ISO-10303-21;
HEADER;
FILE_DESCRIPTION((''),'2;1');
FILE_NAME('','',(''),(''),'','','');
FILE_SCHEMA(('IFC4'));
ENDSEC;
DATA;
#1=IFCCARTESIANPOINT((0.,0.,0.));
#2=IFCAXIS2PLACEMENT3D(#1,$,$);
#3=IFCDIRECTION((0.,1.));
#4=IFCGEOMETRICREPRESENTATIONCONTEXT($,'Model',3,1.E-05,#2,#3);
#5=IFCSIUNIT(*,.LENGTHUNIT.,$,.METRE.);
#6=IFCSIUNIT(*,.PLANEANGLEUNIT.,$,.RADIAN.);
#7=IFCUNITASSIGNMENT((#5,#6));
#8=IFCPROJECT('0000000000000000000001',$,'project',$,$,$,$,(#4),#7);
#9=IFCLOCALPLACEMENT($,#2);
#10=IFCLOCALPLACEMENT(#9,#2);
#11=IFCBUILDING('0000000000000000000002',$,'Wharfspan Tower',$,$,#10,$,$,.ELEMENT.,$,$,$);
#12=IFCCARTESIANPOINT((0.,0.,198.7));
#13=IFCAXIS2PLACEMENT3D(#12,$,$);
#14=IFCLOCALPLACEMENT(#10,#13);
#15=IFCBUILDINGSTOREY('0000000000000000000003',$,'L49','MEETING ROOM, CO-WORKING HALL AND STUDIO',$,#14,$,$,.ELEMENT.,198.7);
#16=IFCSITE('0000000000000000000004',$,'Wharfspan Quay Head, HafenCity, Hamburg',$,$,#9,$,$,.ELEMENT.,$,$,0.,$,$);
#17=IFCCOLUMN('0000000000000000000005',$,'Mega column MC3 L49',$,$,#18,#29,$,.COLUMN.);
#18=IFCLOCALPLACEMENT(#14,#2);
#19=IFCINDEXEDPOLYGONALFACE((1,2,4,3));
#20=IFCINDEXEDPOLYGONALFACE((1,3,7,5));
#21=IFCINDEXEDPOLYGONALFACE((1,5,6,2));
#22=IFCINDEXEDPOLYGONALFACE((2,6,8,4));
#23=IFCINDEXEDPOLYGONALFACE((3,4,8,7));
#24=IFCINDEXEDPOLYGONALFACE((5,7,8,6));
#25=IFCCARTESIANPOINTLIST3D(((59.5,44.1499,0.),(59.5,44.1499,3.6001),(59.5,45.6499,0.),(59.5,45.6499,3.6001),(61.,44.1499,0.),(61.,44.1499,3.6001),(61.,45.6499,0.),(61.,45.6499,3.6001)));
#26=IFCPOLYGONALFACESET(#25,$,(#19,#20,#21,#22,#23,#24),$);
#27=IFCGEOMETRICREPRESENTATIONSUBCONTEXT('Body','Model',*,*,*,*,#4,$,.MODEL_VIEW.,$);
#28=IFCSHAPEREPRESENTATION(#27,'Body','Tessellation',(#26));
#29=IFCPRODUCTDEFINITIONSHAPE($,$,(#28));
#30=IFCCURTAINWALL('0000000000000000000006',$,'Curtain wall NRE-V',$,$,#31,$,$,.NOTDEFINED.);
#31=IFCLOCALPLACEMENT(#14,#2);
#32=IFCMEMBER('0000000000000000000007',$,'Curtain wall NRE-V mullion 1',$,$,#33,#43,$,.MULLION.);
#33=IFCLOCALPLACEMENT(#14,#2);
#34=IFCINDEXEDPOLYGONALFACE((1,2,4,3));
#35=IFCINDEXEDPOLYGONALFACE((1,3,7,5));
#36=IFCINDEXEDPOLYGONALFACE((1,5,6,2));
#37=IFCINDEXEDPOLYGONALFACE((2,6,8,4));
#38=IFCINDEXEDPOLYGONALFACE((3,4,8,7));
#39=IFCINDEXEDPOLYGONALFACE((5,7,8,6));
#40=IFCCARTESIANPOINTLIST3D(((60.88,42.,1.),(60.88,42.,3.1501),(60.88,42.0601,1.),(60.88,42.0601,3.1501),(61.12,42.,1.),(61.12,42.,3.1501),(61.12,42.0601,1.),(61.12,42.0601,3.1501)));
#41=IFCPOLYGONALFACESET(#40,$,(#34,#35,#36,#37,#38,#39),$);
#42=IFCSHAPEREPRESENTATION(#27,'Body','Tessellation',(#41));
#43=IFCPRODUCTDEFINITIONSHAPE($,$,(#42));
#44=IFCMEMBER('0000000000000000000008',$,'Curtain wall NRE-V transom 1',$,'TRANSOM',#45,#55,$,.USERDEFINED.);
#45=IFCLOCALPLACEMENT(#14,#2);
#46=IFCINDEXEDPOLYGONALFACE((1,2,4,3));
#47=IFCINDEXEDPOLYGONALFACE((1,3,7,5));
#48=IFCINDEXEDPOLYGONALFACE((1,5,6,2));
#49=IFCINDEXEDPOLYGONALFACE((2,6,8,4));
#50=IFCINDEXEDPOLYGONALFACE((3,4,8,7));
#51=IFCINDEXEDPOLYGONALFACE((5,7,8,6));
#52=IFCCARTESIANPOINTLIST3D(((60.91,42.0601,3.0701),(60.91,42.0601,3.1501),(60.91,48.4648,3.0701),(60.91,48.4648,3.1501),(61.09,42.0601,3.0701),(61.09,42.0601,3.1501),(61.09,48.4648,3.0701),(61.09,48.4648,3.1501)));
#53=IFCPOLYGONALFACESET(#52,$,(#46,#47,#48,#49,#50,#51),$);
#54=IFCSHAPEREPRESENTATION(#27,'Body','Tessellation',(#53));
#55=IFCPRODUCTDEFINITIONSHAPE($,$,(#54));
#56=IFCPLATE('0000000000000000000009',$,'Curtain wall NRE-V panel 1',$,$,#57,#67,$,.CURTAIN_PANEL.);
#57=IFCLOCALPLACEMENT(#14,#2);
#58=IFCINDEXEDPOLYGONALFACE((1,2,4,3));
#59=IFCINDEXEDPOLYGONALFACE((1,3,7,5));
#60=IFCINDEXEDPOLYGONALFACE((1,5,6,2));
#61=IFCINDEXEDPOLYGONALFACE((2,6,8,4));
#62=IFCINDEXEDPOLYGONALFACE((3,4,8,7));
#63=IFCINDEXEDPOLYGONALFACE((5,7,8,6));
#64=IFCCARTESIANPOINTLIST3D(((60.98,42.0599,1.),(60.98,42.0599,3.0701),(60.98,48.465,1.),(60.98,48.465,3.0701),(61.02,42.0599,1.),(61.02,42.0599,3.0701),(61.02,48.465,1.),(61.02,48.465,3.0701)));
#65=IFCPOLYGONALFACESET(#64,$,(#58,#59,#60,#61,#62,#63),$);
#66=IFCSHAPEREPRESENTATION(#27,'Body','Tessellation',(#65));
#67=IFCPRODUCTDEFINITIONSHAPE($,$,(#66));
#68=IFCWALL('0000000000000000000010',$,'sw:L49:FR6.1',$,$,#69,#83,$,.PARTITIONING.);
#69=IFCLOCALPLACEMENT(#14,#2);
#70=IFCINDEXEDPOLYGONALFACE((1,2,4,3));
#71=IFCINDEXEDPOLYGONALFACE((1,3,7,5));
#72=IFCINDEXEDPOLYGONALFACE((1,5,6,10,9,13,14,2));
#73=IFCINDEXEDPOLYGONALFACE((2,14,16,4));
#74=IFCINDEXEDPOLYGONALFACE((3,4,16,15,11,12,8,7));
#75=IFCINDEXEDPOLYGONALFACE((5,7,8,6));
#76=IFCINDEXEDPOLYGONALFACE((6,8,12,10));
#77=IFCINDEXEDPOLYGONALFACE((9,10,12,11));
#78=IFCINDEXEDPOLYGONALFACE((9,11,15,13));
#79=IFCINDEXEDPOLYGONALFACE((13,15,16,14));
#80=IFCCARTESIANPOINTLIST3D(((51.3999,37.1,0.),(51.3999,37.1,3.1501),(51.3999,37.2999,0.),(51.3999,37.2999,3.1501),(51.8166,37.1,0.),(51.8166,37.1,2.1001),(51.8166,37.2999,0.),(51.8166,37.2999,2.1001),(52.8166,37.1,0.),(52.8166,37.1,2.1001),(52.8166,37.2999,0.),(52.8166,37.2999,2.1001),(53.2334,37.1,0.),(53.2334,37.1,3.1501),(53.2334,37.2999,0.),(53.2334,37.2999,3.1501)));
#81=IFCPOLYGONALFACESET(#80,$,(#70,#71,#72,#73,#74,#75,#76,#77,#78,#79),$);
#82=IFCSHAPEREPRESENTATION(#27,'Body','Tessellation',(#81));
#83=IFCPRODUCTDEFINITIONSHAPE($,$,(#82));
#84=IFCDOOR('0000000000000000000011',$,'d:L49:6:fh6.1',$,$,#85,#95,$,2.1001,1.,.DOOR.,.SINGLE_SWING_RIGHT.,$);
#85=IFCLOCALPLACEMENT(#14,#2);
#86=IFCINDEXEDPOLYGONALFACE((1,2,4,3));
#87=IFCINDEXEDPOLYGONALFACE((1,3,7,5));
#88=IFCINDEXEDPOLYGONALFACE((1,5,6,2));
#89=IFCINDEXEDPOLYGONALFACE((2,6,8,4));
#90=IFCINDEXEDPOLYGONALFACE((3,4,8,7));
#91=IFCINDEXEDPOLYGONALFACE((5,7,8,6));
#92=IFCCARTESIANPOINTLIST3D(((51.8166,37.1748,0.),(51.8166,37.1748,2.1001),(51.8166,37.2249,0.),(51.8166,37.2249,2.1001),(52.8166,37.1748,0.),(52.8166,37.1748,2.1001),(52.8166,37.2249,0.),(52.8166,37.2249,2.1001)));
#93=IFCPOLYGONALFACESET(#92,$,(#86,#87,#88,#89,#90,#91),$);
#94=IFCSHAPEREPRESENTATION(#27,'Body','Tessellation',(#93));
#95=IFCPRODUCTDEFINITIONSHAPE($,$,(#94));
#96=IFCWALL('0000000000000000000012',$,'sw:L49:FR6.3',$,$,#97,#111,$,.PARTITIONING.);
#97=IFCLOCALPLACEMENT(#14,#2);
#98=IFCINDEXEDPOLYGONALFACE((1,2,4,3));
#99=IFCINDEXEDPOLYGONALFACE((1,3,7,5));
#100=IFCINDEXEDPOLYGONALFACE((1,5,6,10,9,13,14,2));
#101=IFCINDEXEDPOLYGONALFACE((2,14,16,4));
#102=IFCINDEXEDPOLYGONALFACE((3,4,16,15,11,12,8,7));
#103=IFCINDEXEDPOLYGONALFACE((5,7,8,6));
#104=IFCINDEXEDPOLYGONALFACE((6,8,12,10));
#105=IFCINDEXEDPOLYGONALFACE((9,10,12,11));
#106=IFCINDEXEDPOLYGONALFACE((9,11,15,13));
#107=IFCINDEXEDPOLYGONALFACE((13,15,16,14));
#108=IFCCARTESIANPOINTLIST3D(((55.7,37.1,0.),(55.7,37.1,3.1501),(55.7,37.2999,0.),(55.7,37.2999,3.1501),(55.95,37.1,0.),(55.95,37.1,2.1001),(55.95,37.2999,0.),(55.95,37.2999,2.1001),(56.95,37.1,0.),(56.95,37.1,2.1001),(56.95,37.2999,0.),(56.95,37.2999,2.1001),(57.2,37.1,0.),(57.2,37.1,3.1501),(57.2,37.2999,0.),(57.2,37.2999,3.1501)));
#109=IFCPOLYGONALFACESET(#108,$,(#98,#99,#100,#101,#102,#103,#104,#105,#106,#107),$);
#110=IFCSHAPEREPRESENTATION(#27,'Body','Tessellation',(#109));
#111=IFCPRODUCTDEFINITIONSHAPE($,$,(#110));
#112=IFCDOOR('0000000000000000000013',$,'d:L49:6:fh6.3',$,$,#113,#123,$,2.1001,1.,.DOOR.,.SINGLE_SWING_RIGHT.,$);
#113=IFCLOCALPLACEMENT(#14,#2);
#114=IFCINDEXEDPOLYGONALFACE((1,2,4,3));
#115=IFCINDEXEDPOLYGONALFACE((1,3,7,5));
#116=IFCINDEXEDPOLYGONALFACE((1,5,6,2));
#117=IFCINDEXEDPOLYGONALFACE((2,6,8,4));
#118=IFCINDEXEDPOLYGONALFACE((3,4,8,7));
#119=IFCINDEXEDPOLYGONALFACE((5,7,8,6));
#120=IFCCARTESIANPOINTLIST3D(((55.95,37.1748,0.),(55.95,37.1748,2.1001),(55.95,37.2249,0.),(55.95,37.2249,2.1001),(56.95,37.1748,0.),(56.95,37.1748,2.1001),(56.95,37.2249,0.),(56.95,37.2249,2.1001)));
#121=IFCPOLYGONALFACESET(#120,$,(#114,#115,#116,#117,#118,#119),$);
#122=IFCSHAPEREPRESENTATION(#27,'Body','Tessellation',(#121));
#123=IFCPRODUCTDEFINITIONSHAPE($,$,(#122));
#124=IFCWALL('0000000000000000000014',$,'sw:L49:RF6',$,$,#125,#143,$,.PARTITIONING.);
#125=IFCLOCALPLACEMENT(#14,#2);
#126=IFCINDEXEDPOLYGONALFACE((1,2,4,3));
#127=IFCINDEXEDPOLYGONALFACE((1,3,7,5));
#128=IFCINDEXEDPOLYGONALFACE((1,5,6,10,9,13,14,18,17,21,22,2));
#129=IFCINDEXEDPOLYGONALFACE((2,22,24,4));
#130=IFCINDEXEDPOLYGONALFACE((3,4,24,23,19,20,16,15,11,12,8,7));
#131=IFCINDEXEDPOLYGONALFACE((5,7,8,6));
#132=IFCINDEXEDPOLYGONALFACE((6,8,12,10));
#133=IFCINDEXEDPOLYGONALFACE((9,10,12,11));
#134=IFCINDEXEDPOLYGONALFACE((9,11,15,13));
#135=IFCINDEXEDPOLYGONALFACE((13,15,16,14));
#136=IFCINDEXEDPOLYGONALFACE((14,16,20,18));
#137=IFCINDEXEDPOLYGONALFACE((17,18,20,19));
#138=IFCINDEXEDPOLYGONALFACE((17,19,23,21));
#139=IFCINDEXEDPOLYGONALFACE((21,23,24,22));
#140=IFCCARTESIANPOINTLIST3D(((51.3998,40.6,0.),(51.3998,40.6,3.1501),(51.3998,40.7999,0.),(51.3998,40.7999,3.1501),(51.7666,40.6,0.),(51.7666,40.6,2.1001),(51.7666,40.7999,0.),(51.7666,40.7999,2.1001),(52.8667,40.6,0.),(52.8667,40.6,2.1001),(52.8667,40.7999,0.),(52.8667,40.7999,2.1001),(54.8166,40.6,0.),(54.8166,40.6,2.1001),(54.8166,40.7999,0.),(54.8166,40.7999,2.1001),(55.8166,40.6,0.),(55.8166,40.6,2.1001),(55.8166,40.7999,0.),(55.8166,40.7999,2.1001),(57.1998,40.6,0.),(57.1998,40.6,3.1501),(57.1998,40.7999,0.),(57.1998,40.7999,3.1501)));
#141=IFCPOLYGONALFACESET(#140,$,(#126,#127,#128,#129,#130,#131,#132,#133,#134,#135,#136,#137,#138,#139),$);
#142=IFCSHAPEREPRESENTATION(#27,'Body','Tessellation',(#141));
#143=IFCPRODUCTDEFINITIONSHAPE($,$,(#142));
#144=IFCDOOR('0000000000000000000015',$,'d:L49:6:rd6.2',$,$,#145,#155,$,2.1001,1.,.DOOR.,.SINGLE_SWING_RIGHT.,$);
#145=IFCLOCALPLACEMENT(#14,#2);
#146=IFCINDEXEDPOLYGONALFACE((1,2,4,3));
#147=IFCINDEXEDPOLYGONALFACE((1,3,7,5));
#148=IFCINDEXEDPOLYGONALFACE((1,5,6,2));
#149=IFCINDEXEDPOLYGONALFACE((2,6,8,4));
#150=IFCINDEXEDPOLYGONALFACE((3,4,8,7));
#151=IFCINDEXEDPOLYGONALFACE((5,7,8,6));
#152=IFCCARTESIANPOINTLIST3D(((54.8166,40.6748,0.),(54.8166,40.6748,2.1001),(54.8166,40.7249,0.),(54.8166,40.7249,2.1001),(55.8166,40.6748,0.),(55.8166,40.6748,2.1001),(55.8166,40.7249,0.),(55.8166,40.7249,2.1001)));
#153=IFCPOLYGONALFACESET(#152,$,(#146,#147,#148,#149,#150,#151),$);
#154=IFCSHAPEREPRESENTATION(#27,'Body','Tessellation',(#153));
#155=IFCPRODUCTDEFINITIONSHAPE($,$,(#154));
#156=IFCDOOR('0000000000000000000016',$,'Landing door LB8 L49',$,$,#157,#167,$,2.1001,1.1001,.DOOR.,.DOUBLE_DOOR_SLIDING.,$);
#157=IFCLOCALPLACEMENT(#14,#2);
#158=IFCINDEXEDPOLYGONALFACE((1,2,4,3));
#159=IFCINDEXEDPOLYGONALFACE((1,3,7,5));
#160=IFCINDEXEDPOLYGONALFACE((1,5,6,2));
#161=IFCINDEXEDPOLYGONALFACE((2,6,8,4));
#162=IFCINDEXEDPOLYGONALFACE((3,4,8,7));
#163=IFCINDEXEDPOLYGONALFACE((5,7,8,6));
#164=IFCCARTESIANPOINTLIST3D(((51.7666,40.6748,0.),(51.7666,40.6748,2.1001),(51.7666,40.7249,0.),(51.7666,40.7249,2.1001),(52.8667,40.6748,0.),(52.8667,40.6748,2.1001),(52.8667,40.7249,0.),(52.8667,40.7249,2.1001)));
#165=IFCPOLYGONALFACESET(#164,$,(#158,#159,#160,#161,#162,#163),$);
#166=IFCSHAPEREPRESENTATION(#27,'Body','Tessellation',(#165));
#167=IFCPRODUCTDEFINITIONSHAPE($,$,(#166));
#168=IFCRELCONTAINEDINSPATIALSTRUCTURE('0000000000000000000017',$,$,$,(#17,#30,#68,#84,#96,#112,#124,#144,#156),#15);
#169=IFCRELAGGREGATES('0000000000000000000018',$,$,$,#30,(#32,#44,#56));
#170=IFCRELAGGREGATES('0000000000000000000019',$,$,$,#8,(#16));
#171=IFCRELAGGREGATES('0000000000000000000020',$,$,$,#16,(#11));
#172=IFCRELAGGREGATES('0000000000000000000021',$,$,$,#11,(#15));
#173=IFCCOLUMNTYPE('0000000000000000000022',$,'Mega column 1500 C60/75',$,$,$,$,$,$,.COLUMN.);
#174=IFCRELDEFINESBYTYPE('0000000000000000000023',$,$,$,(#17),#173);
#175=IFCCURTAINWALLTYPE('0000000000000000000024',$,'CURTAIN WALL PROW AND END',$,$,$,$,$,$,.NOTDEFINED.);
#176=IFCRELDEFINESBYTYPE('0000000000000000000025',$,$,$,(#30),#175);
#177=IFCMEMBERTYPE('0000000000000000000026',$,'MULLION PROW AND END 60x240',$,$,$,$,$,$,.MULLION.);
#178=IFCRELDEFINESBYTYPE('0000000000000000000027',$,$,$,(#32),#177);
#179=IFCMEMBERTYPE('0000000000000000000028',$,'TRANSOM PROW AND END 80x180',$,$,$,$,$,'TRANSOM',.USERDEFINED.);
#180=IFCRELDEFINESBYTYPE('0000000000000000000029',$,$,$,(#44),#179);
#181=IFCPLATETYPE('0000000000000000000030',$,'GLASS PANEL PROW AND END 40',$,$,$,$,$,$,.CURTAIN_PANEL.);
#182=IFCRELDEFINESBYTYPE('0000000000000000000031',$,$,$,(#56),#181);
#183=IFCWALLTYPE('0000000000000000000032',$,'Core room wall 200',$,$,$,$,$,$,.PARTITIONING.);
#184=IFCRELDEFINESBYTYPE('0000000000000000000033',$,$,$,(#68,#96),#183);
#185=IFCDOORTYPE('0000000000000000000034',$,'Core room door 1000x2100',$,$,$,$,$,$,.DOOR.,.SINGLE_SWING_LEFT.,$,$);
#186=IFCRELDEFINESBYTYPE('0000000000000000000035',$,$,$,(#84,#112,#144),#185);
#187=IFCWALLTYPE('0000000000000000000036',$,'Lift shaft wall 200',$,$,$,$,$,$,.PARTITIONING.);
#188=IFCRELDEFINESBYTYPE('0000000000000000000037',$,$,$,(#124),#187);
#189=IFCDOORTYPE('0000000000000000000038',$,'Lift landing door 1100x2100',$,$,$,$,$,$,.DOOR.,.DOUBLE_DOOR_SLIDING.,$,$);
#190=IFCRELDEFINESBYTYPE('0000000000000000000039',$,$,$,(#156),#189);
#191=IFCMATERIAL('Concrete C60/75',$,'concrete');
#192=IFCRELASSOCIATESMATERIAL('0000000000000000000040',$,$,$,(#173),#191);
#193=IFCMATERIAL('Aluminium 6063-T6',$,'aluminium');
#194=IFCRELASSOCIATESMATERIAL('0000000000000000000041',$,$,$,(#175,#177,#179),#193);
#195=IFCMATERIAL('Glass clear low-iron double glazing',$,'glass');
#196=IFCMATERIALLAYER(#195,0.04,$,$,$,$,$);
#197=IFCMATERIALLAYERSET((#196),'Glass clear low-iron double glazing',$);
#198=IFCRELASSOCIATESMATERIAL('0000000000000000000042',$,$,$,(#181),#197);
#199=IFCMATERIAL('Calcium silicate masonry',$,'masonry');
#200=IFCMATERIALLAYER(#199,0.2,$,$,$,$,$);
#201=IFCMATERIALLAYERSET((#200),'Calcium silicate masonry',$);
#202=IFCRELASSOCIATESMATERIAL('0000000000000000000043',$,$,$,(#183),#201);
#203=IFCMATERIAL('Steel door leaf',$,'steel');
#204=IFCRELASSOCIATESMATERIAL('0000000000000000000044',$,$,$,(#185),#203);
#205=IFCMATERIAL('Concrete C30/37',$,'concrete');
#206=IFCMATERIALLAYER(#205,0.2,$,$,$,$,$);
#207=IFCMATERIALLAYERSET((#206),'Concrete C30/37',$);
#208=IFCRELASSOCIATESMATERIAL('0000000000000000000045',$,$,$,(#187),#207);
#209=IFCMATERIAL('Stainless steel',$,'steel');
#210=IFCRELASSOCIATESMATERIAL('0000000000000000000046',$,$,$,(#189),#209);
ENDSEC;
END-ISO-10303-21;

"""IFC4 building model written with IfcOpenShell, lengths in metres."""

from ifc_helpers import new_model, si_unit, direction, frame, frame_2d, origin, origin_2d, place, context, subcontext, project, spatial, rectangle, extrude, material, layer, layer_set, material_profile, profile_set, type_object, element, fill, aggregate, save


model = new_model("IFC4")

# Units and contexts
model_context = context("Model", 3, precision=1e-05, world=origin(), true_north=direction((0.0, 1.0)))
body_context = subcontext(model_context, "Body", "Model", "MODEL_VIEW")
ifc_project = project(units=[si_unit("LENGTHUNIT", "METRE"), si_unit("PLANEANGLEUNIT", "RADIAN")], contexts=[model_context])

# Site, building, storey
site_placement = place(None, origin())
site = spatial("IfcSite", under=ifc_project, at=site_placement, Name="Wharfspan Quay Head, HafenCity, Hamburg", CompositionType="ELEMENT", RefElevation=0.0)
building_placement = place(site_placement, origin())
building = spatial("IfcBuilding", under=site, at=building_placement, Name="Wharfspan Tower", CompositionType="ELEMENT")
storey_placement = place(building_placement, frame((0.0, 0.0, 198.7)))
storey = spatial("IfcBuildingStorey", under=building, at=storey_placement, Name="L49", Description="MEETING ROOM, CO-WORKING HALL AND STUDIO", CompositionType="ELEMENT", Elevation=198.7)

# Column
ifc_material_1 = material(Name="Concrete C60/75", Category="concrete")
ifc_material_profile_1 = material_profile(ifc_material_1, rectangle(XDim=1.5, YDim=1.5, at=origin_2d()))
ifc_profile_set_1 = profile_set([ifc_material_profile_1], Name="Concrete C60/75")
column_type = type_object("IfcColumnType", Name="Mega column 1500 C60/75", PredefinedType="COLUMN", material=ifc_profile_set_1)
column_placement = place(storey_placement, frame((60.25, 44.8999, 0.0), z_axis=(0.0, 0.0, 1.0), x_axis=(1.0, 0.0, 0.0)))
element("IfcColumn", 1, at=column_placement, inside=storey, type_object=column_type, Name="Mega column MC3 L49", PredefinedType="COLUMN", context=body_context, shape_type="SweptSolid", body=[
    extrude(rectangle(XDim=1.5, YDim=1.5, at=origin_2d()), origin(), (0.0, 0.0, 1.0), 3.6001),
])

# Curtain wall, members, plate
ifc_material_2 = material(Name="Aluminium 6063-T6", Category="aluminium")
curtain_wall_type = type_object("IfcCurtainWallType", Name="CURTAIN WALL PROW AND END", PredefinedType="NOTDEFINED", material=ifc_material_2)
curtain_wall_placement = place(storey_placement, origin())
curtain_wall = element("IfcCurtainWall", 2, at=curtain_wall_placement, inside=storey, type_object=curtain_wall_type, Name="Curtain wall NRE-V", PredefinedType="NOTDEFINED")
ifc_material_profile_2 = material_profile(ifc_material_2, rectangle(XDim=0.24, YDim=0.0601, at=origin_2d()))
ifc_profile_set_2 = profile_set([ifc_material_profile_2], Name="Aluminium 6063-T6")
member_type_1 = type_object("IfcMemberType", Name="MULLION PROW AND END 60x240", PredefinedType="MULLION", material=ifc_profile_set_2)
member_1_placement = place(storey_placement, frame((61.0, 42.03, 1.0), z_axis=(0.0, 0.0, 1.0), x_axis=(-1.0, 0.0, 0.0)))
member_1 = element("IfcMember", 3, at=member_1_placement, type_object=member_type_1, Name="Curtain wall NRE-V mullion 1", PredefinedType="MULLION", context=body_context, shape_type="SweptSolid", body=[
    extrude(rectangle(XDim=0.24, YDim=0.0601, at=origin_2d()), origin(), (0.0, 0.0, 1.0), 2.1501),
])
ifc_material_profile_3 = material_profile(ifc_material_2, rectangle(XDim=0.1799, YDim=0.0801, at=origin_2d()))
ifc_profile_set_3 = profile_set([ifc_material_profile_3], Name="Aluminium 6063-T6")
member_type_2 = type_object("IfcMemberType", Name="TRANSOM PROW AND END 80x180", ElementType="TRANSOM", PredefinedType="USERDEFINED", material=ifc_profile_set_3)
member_2_placement = place(storey_placement, frame((61.0, 42.0601, 3.1101), z_axis=(0.0, 1.0, 0.0), x_axis=(-1.0, 0.0, 0.0)))
member_2 = element("IfcMember", 4, at=member_2_placement, type_object=member_type_2, Name="Curtain wall NRE-V transom 1", ObjectType="TRANSOM", PredefinedType="USERDEFINED", context=body_context, shape_type="SweptSolid", body=[
    extrude(rectangle(XDim=0.1799, YDim=0.0801, at=origin_2d()), origin(), (0.0, 0.0, 1.0), 6.4048),
])
ifc_material_3 = material(Name="Glass clear low-iron double glazing", Category="glass")
ifc_layer_1 = layer(ifc_material_3, 0.04)
ifc_layer_set_1 = layer_set([ifc_layer_1], Name="Glass clear low-iron double glazing")
plate_type = type_object("IfcPlateType", Name="GLASS PANEL PROW AND END 40", PredefinedType="CURTAIN_PANEL", material=ifc_layer_set_1)
plate_placement = place(storey_placement, frame((61.0, 45.2625, 1.0), z_axis=(0.0, 0.0, 1.0), x_axis=(0.0, 1.0, 0.0)))
plate = element("IfcPlate", 5, at=plate_placement, type_object=plate_type, Name="Curtain wall NRE-V panel 1", PredefinedType="CURTAIN_PANEL", context=body_context, shape_type="SweptSolid", body=[
    extrude(rectangle(XDim=6.405, YDim=0.04, at=origin_2d()), origin(), (0.0, 0.0, 1.0), 2.0701),
])
aggregate(curtain_wall, [member_1, member_2, plate])

# Walls, openings, doors
ifc_material_4 = material(Name="Calcium silicate masonry", Category="masonry")
ifc_layer_2 = layer(ifc_material_4, 0.2)
ifc_layer_set_2 = layer_set([ifc_layer_2], Name="Calcium silicate masonry")
wall_type_1 = type_object("IfcWallType", Name="Core room wall 200", PredefinedType="PARTITIONING", material=ifc_layer_set_2)
wall_1_placement = place(storey_placement, frame((51.3999, 37.2, 0.0), z_axis=(0.0, 0.0, 1.0), x_axis=(1.0, 0.0, 0.0)))
wall_1 = element("IfcWall", 6, at=wall_1_placement, inside=storey, type_object=wall_type_1, Name="sw:L49:FR6.1", PredefinedType="PARTITIONING", context=body_context, shape_type="SweptSolid", body=[
    extrude(rectangle(XDim=1.8335, YDim=0.2, at=frame_2d((0.9167, 0.0))), origin(), (0.0, 0.0, 1.0), 3.1501),
])
opening_1_placement = place(wall_1_placement, frame((0.4167, 0.0, 0.0)))
opening_1 = element("IfcOpeningElement", 7, at=opening_1_placement, cuts=wall_1, PredefinedType="OPENING", context=body_context, shape_type="SweptSolid", body=[
    extrude(rectangle(XDim=1.0, YDim=2.1001, at=frame_2d((0.5, 1.05))), frame((0.0, 0.1099, 0.0), z_axis=(0.0, -1.0, 0.0), x_axis=(1.0, 0.0, 0.0)), (0.0, 0.0, 1.0), 0.22),
])
ifc_material_5 = material(Name="Steel door leaf", Category="steel")
door_type_1 = type_object("IfcDoorType", Name="Core room door 1000x2100", OperationType="SINGLE_SWING_LEFT", PredefinedType="DOOR", material=ifc_material_5)
door_1_placement = place(opening_1_placement, origin())
door_1 = element("IfcDoor", 8, at=door_1_placement, inside=storey, type_object=door_type_1, Name="d:L49:6:fh6.1", OperationType="SINGLE_SWING_RIGHT", OverallHeight=2.1001, OverallWidth=1.0, PredefinedType="DOOR", context=body_context, shape_type="SweptSolid", body=[
    extrude(rectangle(XDim=1.0, YDim=2.1001, at=frame_2d((0.5, 1.05))), frame((0.0, 0.0249, 0.0), z_axis=(0.0, -1.0, 0.0), x_axis=(1.0, 0.0, 0.0)), (0.0, 0.0, 1.0), 0.05),
])
fill(opening_1, door_1)
wall_2_placement = place(storey_placement, frame((55.7, 37.2, 0.0), z_axis=(0.0, 0.0, 1.0), x_axis=(1.0, 0.0, 0.0)))
wall_2 = element("IfcWall", 9, at=wall_2_placement, inside=storey, type_object=wall_type_1, Name="sw:L49:FR6.3", PredefinedType="PARTITIONING", context=body_context, shape_type="SweptSolid", body=[
    extrude(rectangle(XDim=1.5, YDim=0.2, at=frame_2d((0.75, 0.0))), origin(), (0.0, 0.0, 1.0), 3.1501),
])
opening_2_placement = place(wall_2_placement, frame((0.25, 0.0, 0.0)))
opening_2 = element("IfcOpeningElement", 10, at=opening_2_placement, cuts=wall_2, PredefinedType="OPENING", context=body_context, shape_type="SweptSolid", body=[
    extrude(rectangle(XDim=1.0, YDim=2.1001, at=frame_2d((0.5, 1.05))), frame((0.0, 0.1099, 0.0), z_axis=(0.0, -1.0, 0.0), x_axis=(1.0, 0.0, 0.0)), (0.0, 0.0, 1.0), 0.22),
])
door_2_placement = place(opening_2_placement, origin())
door_2 = element("IfcDoor", 11, at=door_2_placement, inside=storey, type_object=door_type_1, Name="d:L49:6:fh6.3", OperationType="SINGLE_SWING_RIGHT", OverallHeight=2.1001, OverallWidth=1.0, PredefinedType="DOOR", context=body_context, shape_type="SweptSolid", body=[
    extrude(rectangle(XDim=1.0, YDim=2.1001, at=frame_2d((0.5, 1.05))), frame((0.0, 0.0249, 0.0), z_axis=(0.0, -1.0, 0.0), x_axis=(1.0, 0.0, 0.0)), (0.0, 0.0, 1.0), 0.05),
])
fill(opening_2, door_2)

# Wall, openings, doors
ifc_material_6 = material(Name="Concrete C30/37", Category="concrete")
ifc_layer_3 = layer(ifc_material_6, 0.2)
ifc_layer_set_3 = layer_set([ifc_layer_3], Name="Concrete C30/37")
wall_type_2 = type_object("IfcWallType", Name="Lift shaft wall 200", PredefinedType="PARTITIONING", material=ifc_layer_set_3)
wall_3_placement = place(storey_placement, frame((51.3999, 40.7, 0.0), z_axis=(0.0, 0.0, 1.0), x_axis=(1.0, 0.0, 0.0)))
wall_3 = element("IfcWall", 12, at=wall_3_placement, inside=storey, type_object=wall_type_2, Name="sw:L49:RF6", PredefinedType="PARTITIONING", context=body_context, shape_type="SweptSolid", body=[
    extrude(rectangle(XDim=5.8, YDim=0.2, at=frame_2d((2.8999, 0.0))), origin(), (0.0, 0.0, 1.0), 3.1501),
])
opening_3_placement = place(wall_3_placement, frame((0.3667, 0.0, 0.0)))
opening_3 = element("IfcOpeningElement", 13, at=opening_3_placement, cuts=wall_3, PredefinedType="OPENING", context=body_context, shape_type="SweptSolid", body=[
    extrude(rectangle(XDim=1.1001, YDim=2.1001, at=frame_2d((0.55, 1.05))), frame((0.0, 0.1099, 0.0), z_axis=(0.0, -1.0, 0.0), x_axis=(1.0, 0.0, 0.0)), (0.0, 0.0, 1.0), 0.22),
])
opening_4_placement = place(wall_3_placement, frame((3.4167, 0.0, 0.0)))
opening_4 = element("IfcOpeningElement", 14, at=opening_4_placement, cuts=wall_3, PredefinedType="OPENING", context=body_context, shape_type="SweptSolid", body=[
    extrude(rectangle(XDim=1.0, YDim=2.1001, at=frame_2d((0.5, 1.05))), frame((0.0, 0.1099, 0.0), z_axis=(0.0, -1.0, 0.0), x_axis=(1.0, 0.0, 0.0)), (0.0, 0.0, 1.0), 0.22),
])
door_3_placement = place(opening_4_placement, origin())
door_3 = element("IfcDoor", 15, at=door_3_placement, inside=storey, type_object=door_type_1, Name="d:L49:6:rd6.2", OperationType="SINGLE_SWING_RIGHT", OverallHeight=2.1001, OverallWidth=1.0, PredefinedType="DOOR", context=body_context, shape_type="SweptSolid", body=[
    extrude(rectangle(XDim=1.0, YDim=2.1001, at=frame_2d((0.5, 1.05))), frame((0.0, 0.0249, 0.0), z_axis=(0.0, -1.0, 0.0), x_axis=(1.0, 0.0, 0.0)), (0.0, 0.0, 1.0), 0.05),
])
fill(opening_4, door_3)
ifc_material_7 = material(Name="Stainless steel", Category="steel")
door_type_2 = type_object("IfcDoorType", Name="Lift landing door 1100x2100", OperationType="DOUBLE_DOOR_SLIDING", PredefinedType="DOOR", material=ifc_material_7)
door_4_placement = place(opening_3_placement, origin())
door_4 = element("IfcDoor", 16, at=door_4_placement, inside=storey, type_object=door_type_2, Name="Landing door LB8 L49", OperationType="DOUBLE_DOOR_SLIDING", OverallHeight=2.1001, OverallWidth=1.1001, PredefinedType="DOOR", context=body_context, shape_type="SweptSolid", body=[
    extrude(rectangle(XDim=1.1001, YDim=2.1001, at=frame_2d((0.55, 1.05))), frame((0.0, 0.0249, 0.0), z_axis=(0.0, -1.0, 0.0), x_axis=(1.0, 0.0, 0.0)), (0.0, 0.0, 1.0), 0.05),
])
fill(opening_3, door_4)

save(model, "model.ifc")
